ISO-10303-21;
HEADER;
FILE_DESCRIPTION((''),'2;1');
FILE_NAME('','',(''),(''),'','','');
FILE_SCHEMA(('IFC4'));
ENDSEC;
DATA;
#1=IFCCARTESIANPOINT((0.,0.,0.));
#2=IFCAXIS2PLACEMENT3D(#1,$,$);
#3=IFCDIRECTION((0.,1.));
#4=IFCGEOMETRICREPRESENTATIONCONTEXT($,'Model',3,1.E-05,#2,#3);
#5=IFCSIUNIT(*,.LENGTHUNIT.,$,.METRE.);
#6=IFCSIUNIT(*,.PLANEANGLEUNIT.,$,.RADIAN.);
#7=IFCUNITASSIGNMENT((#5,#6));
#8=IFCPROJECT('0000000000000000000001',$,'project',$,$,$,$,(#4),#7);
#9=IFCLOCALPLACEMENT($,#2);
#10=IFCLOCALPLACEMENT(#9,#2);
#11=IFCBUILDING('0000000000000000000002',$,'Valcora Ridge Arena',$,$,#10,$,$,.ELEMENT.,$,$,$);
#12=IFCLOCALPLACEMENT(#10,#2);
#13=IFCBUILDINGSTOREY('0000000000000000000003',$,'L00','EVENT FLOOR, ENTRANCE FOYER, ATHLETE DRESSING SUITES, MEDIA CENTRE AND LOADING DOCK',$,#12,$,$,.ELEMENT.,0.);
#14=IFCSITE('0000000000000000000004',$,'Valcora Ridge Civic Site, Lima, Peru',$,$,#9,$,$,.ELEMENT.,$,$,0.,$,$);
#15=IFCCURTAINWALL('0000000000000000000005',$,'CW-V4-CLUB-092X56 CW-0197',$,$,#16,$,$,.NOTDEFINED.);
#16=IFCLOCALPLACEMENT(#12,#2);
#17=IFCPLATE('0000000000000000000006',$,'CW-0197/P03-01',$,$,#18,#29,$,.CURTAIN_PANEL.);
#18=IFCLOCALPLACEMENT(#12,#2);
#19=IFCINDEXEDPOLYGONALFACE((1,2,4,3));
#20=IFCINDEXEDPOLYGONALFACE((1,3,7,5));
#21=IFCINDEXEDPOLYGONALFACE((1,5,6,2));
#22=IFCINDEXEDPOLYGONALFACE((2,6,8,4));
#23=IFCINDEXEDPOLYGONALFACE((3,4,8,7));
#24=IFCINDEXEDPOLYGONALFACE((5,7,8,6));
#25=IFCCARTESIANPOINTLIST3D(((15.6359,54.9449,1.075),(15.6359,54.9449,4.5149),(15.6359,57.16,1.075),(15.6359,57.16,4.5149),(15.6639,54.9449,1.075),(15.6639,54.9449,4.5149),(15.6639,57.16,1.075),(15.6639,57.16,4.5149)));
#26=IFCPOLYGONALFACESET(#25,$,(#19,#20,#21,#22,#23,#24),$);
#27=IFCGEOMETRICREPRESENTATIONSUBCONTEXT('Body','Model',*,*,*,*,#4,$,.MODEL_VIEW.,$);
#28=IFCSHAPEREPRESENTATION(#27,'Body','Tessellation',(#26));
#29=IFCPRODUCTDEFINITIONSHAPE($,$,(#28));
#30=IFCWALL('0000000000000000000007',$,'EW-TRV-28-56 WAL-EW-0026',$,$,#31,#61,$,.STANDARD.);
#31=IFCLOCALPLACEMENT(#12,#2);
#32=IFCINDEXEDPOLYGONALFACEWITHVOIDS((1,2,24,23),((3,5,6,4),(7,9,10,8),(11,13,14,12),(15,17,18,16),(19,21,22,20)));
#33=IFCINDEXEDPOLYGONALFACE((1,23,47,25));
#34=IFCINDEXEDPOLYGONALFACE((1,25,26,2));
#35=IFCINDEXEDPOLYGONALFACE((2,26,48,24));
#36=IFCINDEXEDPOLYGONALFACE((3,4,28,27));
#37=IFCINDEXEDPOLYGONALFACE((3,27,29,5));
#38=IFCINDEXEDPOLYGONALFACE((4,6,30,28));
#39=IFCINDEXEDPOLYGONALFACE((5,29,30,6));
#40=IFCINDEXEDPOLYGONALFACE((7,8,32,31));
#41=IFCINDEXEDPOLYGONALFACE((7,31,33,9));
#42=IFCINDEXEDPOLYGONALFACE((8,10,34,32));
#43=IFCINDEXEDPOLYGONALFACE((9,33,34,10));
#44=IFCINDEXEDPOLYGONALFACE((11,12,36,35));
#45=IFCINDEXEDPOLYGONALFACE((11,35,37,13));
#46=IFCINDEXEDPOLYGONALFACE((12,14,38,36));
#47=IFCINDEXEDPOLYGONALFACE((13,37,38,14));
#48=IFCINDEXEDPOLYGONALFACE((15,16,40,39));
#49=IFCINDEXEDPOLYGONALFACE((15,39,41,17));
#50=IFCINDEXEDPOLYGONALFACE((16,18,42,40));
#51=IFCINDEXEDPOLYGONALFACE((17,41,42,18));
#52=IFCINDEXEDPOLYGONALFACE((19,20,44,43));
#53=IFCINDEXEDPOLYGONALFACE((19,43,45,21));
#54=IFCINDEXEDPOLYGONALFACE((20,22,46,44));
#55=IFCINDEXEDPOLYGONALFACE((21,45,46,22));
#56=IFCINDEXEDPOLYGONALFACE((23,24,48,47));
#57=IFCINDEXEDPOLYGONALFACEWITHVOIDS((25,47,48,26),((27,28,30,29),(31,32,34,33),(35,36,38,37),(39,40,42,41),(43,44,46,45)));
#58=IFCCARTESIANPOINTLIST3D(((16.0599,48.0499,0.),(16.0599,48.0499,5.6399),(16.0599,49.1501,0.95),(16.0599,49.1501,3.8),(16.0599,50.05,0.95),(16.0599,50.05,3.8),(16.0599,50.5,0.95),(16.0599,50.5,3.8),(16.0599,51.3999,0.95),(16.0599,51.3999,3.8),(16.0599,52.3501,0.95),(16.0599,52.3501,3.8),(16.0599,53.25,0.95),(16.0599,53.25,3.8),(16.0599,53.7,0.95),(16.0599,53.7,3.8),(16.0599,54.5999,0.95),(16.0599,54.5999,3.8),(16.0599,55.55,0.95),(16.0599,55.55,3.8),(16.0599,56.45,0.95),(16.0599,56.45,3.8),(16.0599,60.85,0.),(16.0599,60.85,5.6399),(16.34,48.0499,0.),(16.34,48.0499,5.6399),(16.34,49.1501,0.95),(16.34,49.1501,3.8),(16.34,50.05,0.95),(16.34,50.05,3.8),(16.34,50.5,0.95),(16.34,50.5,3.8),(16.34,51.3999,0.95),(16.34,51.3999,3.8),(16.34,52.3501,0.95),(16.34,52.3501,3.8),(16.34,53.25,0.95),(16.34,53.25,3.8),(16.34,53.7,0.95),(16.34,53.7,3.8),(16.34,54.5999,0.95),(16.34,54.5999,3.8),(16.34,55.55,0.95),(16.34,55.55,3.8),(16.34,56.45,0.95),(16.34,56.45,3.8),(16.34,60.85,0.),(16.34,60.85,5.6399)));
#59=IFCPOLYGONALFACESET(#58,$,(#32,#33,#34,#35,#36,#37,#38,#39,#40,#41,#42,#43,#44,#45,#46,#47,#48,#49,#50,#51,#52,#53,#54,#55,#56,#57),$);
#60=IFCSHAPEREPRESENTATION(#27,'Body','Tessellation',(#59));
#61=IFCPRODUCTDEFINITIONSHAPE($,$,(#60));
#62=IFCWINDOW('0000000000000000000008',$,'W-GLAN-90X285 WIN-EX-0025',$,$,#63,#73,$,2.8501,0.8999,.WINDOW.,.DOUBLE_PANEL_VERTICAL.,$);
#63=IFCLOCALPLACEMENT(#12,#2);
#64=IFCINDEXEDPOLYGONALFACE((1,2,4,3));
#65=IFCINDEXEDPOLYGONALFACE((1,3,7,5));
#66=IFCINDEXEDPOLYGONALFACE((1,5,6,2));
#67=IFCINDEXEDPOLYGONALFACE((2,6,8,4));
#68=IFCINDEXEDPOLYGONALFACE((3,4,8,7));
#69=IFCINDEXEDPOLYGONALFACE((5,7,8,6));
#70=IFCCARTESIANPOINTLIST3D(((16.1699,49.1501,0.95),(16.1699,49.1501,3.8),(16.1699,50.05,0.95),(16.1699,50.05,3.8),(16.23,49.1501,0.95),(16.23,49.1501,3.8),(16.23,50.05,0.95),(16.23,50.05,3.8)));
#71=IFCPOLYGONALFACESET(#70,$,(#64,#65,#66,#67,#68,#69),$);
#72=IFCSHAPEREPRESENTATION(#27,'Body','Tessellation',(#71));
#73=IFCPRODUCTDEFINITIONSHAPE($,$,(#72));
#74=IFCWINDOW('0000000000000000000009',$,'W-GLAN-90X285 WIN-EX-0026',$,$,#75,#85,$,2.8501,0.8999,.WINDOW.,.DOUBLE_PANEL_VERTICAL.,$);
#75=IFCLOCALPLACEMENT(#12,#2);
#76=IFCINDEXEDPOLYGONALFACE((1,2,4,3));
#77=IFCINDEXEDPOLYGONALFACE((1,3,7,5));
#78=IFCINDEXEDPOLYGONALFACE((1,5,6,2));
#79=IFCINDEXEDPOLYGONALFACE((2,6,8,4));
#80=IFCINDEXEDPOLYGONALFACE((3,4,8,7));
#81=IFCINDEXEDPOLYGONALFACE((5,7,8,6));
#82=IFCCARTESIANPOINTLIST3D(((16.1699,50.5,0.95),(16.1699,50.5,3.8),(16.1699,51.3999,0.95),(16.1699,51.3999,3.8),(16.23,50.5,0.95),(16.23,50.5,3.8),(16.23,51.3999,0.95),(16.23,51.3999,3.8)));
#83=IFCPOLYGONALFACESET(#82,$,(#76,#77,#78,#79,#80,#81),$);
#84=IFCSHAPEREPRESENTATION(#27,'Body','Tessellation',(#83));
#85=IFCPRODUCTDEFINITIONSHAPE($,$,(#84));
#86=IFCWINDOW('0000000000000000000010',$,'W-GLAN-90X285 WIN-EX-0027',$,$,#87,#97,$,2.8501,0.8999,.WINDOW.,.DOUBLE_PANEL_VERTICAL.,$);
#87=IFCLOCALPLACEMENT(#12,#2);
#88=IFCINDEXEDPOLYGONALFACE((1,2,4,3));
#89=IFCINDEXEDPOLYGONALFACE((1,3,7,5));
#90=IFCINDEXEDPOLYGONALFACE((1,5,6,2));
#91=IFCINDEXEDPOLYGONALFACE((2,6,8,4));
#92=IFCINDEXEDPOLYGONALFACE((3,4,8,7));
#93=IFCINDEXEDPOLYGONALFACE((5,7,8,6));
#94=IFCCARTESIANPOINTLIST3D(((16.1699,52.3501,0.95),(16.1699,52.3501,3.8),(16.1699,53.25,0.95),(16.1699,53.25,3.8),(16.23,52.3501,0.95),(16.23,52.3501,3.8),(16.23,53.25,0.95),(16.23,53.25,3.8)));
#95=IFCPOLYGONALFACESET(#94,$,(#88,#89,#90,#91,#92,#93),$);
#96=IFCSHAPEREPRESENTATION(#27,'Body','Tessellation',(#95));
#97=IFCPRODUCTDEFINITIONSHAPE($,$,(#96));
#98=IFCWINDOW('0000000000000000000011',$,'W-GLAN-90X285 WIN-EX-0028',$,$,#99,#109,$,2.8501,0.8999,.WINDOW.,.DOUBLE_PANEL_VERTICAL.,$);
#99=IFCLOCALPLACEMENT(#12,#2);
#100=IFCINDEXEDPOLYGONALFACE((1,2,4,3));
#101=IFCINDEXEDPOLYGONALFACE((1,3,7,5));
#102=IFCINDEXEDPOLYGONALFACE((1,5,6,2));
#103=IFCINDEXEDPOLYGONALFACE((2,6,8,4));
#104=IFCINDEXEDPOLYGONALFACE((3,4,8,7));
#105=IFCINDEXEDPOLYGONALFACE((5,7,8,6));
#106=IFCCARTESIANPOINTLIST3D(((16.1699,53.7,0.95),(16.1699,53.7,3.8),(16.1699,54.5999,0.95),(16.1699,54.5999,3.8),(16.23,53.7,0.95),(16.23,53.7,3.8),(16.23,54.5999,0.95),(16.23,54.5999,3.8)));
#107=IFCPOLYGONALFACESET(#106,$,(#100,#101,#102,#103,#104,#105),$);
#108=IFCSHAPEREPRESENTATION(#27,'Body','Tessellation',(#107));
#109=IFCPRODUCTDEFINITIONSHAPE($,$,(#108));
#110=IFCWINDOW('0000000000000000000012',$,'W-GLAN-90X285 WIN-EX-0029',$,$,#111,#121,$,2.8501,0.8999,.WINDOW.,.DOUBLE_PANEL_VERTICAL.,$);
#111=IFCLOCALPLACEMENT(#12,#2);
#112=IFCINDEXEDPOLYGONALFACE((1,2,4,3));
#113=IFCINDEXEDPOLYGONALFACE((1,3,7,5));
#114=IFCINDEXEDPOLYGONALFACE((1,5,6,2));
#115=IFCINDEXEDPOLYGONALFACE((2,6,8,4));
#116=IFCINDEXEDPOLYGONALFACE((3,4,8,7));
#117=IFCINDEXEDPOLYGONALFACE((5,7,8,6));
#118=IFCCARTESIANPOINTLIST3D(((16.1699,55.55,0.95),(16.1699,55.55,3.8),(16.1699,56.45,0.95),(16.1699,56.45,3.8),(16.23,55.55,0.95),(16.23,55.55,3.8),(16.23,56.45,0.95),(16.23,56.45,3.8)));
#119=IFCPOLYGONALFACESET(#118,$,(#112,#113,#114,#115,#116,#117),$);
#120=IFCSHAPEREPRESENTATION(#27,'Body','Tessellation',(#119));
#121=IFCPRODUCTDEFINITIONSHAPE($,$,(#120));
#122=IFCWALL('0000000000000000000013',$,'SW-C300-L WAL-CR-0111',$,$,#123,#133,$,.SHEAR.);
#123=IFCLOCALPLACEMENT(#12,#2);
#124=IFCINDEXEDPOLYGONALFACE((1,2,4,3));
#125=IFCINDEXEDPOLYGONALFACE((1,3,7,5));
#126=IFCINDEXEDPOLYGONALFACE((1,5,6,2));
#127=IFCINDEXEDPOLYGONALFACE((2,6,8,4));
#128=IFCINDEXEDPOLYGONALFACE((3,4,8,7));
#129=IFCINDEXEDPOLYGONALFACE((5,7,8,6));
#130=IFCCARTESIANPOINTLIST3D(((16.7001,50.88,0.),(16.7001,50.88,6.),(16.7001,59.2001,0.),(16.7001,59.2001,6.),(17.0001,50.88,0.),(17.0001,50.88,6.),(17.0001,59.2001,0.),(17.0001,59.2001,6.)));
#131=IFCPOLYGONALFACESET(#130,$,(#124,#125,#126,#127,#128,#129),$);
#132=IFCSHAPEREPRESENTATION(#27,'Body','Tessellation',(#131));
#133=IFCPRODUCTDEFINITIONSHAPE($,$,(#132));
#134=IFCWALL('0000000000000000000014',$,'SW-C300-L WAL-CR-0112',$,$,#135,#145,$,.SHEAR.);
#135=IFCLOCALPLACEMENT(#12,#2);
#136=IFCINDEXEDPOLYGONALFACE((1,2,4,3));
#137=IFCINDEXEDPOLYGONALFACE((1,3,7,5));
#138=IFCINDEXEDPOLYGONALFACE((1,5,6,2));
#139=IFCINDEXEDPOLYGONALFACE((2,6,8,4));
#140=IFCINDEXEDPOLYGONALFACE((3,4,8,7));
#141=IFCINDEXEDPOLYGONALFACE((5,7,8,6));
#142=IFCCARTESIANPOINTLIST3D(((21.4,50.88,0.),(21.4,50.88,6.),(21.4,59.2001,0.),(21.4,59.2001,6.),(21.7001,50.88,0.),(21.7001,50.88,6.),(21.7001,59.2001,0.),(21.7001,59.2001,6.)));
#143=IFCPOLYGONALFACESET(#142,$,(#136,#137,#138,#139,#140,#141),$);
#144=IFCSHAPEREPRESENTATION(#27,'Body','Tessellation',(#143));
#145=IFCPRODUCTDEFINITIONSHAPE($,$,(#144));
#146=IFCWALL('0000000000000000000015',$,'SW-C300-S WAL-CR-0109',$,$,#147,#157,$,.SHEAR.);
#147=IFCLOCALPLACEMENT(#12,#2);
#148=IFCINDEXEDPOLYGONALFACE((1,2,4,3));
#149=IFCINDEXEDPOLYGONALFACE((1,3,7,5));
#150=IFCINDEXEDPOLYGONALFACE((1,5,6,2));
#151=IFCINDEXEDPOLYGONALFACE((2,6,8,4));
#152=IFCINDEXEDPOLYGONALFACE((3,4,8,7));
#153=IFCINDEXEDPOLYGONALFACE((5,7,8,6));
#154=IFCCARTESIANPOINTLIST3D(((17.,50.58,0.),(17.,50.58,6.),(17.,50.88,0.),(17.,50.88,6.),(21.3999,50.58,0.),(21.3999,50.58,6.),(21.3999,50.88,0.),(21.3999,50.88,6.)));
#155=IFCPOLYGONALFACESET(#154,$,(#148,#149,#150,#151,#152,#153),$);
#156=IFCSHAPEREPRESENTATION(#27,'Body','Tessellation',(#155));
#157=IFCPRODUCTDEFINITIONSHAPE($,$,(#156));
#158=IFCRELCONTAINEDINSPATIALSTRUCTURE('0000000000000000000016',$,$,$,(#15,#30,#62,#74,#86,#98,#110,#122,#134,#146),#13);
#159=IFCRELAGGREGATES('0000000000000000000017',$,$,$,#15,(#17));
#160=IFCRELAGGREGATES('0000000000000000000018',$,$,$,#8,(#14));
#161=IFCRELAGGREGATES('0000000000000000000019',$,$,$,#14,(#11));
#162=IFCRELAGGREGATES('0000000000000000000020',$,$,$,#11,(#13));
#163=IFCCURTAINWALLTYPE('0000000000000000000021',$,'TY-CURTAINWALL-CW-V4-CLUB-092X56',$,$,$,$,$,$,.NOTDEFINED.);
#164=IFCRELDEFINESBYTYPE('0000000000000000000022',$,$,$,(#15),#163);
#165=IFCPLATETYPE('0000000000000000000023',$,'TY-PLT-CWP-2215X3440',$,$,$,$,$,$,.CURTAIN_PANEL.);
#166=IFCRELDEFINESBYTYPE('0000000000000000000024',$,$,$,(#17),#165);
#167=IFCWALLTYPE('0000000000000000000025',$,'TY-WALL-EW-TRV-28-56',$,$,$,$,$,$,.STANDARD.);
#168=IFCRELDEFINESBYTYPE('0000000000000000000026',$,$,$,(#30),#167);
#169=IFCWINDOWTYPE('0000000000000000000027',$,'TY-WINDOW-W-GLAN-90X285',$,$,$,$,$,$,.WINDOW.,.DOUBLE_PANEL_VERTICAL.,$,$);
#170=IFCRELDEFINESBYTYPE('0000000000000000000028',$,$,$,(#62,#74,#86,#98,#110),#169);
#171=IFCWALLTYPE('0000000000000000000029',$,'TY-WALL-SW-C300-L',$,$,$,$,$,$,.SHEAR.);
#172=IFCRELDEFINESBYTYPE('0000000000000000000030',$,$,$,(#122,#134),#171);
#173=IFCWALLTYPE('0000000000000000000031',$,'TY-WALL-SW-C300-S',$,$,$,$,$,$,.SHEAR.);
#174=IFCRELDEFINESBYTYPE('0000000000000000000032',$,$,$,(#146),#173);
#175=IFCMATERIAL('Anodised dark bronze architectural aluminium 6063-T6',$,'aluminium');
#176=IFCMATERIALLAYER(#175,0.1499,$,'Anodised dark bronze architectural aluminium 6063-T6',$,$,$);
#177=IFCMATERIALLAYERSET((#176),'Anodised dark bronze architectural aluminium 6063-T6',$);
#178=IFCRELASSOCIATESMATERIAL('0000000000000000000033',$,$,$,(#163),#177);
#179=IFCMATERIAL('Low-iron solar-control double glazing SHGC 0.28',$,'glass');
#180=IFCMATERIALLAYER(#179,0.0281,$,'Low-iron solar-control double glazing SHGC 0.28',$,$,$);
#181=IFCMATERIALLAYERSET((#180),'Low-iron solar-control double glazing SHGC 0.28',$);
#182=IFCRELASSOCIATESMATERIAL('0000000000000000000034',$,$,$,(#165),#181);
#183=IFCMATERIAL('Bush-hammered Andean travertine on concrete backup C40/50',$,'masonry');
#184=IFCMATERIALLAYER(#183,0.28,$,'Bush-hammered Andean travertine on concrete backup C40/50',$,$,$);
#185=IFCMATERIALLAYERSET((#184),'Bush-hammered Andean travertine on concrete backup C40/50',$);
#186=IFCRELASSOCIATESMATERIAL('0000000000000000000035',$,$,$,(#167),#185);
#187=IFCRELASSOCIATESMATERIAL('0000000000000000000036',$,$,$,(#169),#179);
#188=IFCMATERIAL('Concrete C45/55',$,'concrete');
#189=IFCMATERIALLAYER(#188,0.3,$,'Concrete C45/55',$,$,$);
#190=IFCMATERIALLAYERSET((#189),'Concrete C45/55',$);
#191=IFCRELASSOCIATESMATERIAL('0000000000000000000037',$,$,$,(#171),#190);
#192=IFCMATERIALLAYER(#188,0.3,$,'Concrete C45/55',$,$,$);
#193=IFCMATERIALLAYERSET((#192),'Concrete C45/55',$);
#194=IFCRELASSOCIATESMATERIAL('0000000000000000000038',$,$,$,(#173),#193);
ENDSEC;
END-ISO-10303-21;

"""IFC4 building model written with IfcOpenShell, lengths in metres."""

from ifc_helpers import new_model, si_unit, direction, frame, frame_2d, origin, origin_2d, place, context, subcontext, project, spatial, rectangle, extrude, material, layer, layer_set, type_object, element, fill, aggregate, save


model = new_model("IFC4")

# Units and contexts
model_context = context("Model", 3, precision=1e-05, world=origin(), true_north=direction((0.0, 1.0)))
body_context = subcontext(model_context, "Body", "Model", "MODEL_VIEW")
ifc_project = project(units=[si_unit("LENGTHUNIT", "METRE"), si_unit("PLANEANGLEUNIT", "RADIAN")], contexts=[model_context])

# Site, building, storey
site_placement = place(None, origin())
site = spatial("IfcSite", under=ifc_project, at=site_placement, Name="Valcora Ridge Civic Site, Lima, Peru", CompositionType="ELEMENT", RefElevation=0.0)
building_placement = place(site_placement, origin())
building = spatial("IfcBuilding", under=site, at=building_placement, Name="Valcora Ridge Arena", CompositionType="ELEMENT")
storey_placement = place(building_placement, origin())
storey = spatial("IfcBuildingStorey", under=building, at=storey_placement, Name="L00", Description="EVENT FLOOR, ENTRANCE FOYER, ATHLETE DRESSING SUITES, MEDIA CENTRE AND LOADING DOCK", CompositionType="ELEMENT", Elevation=0.0)

# Curtain wall
ifc_material_1 = material(Name="Anodised dark bronze architectural aluminium 6063-T6", Category="aluminium")
ifc_layer_1 = layer(ifc_material_1, 0.1499, Name="Anodised dark bronze architectural aluminium 6063-T6")
ifc_layer_set_1 = layer_set([ifc_layer_1], Name="Anodised dark bronze architectural aluminium 6063-T6")
curtain_wall_type_1 = type_object("IfcCurtainWallType", Name="TY-CURTAINWALL-CW-V4-CLUB-092X56", PredefinedType="NOTDEFINED", material=ifc_layer_set_1)
curtain_wall_1_placement = place(storey_placement, origin())
curtain_wall_1 = element("IfcCurtainWall", 1, at=curtain_wall_1_placement, inside=storey, type_object=curtain_wall_type_1, Name="CW-V4-CLUB-092X56 CW-0197", PredefinedType="NOTDEFINED")

# Plate
ifc_material_2 = material(Name="Low-iron solar-control double glazing SHGC 0.28", Category="glass")
ifc_layer_2 = layer(ifc_material_2, 0.0281, Name="Low-iron solar-control double glazing SHGC 0.28")
ifc_layer_set_2 = layer_set([ifc_layer_2], Name="Low-iron solar-control double glazing SHGC 0.28")
plate_type_1 = type_object("IfcPlateType", Name="TY-PLT-CWP-2215X3440", PredefinedType="CURTAIN_PANEL", material=ifc_layer_set_2)
plate_1_placement = place(storey_placement, frame((15.6499, 56.0525, 1.075), z_axis=(0.0, 0.0, 1.0), x_axis=(0.0, 1.0, 0.0)))
plate_1 = element("IfcPlate", 2, at=plate_1_placement, type_object=plate_type_1, Name="CW-0197/P03-01", PredefinedType="CURTAIN_PANEL", context=body_context, shape_type="SweptSolid", body=[
    extrude(rectangle(XDim=2.2151, YDim=0.0281, at=origin_2d()), origin(), (0.0, 0.0, 1.0), 3.4399),
])
aggregate(curtain_wall_1, [plate_1])

# Wall, openings, windows
ifc_material_3 = material(Name="Bush-hammered Andean travertine on concrete backup C40/50", Category="masonry")
ifc_layer_3 = layer(ifc_material_3, 0.28, Name="Bush-hammered Andean travertine on concrete backup C40/50")
ifc_layer_set_3 = layer_set([ifc_layer_3], Name="Bush-hammered Andean travertine on concrete backup C40/50")
wall_type_1 = type_object("IfcWallType", Name="TY-WALL-EW-TRV-28-56", PredefinedType="STANDARD", material=ifc_layer_set_3)
wall_1_placement = place(storey_placement, frame((16.2, 48.05, 0.0), z_axis=(0.0, 0.0, 1.0), x_axis=(0.0, 1.0, 0.0)))
wall_1 = element("IfcWall", 3, at=wall_1_placement, inside=storey, type_object=wall_type_1, Name="EW-TRV-28-56 WAL-EW-0026", PredefinedType="STANDARD", context=body_context, shape_type="SweptSolid", body=[
    extrude(rectangle(XDim=12.8, YDim=0.28, at=frame_2d((6.3999, 0.0))), origin(), (0.0, 0.0, 1.0), 5.6399),
])
opening_1_placement = place(wall_1_placement, frame((1.1001, 0.0, 0.95)))
opening_1 = element("IfcOpeningElement", 4, at=opening_1_placement, cuts=wall_1, PredefinedType="OPENING", context=body_context, shape_type="SweptSolid", body=[
    extrude(rectangle(XDim=0.8999, YDim=2.8501, at=frame_2d((0.45, 1.425))), frame((0.0, 0.1499, 0.0), z_axis=(0.0, -1.0, 0.0), x_axis=(1.0, 0.0, 0.0)), (0.0, 0.0, 1.0), 0.3),
])
opening_2_placement = place(wall_1_placement, frame((2.45, 0.0, 0.95)))
opening_2 = element("IfcOpeningElement", 5, at=opening_2_placement, cuts=wall_1, PredefinedType="OPENING", context=body_context, shape_type="SweptSolid", body=[
    extrude(rectangle(XDim=0.8999, YDim=2.8501, at=frame_2d((0.45, 1.425))), frame((0.0, 0.1499, 0.0), z_axis=(0.0, -1.0, 0.0), x_axis=(1.0, 0.0, 0.0)), (0.0, 0.0, 1.0), 0.3),
])
opening_3_placement = place(wall_1_placement, frame((4.3, 0.0, 0.95)))
opening_3 = element("IfcOpeningElement", 6, at=opening_3_placement, cuts=wall_1, PredefinedType="OPENING", context=body_context, shape_type="SweptSolid", body=[
    extrude(rectangle(XDim=0.8999, YDim=2.8501, at=frame_2d((0.45, 1.425))), frame((0.0, 0.1499, 0.0), z_axis=(0.0, -1.0, 0.0), x_axis=(1.0, 0.0, 0.0)), (0.0, 0.0, 1.0), 0.3),
])
opening_4_placement = place(wall_1_placement, frame((5.6499, 0.0, 0.95)))
opening_4 = element("IfcOpeningElement", 7, at=opening_4_placement, cuts=wall_1, PredefinedType="OPENING", context=body_context, shape_type="SweptSolid", body=[
    extrude(rectangle(XDim=0.8999, YDim=2.8501, at=frame_2d((0.45, 1.425))), frame((0.0, 0.1499, 0.0), z_axis=(0.0, -1.0, 0.0), x_axis=(1.0, 0.0, 0.0)), (0.0, 0.0, 1.0), 0.3),
])
opening_5_placement = place(wall_1_placement, frame((7.5, 0.0, 0.95)))
opening_5 = element("IfcOpeningElement", 8, at=opening_5_placement, cuts=wall_1, PredefinedType="OPENING", context=body_context, shape_type="SweptSolid", body=[
    extrude(rectangle(XDim=0.8999, YDim=2.8501, at=frame_2d((0.45, 1.425))), frame((0.0, 0.1499, 0.0), z_axis=(0.0, -1.0, 0.0), x_axis=(1.0, 0.0, 0.0)), (0.0, 0.0, 1.0), 0.3),
])
window_type = type_object("IfcWindowType", Name="TY-WINDOW-W-GLAN-90X285", PartitioningType="DOUBLE_PANEL_VERTICAL", PredefinedType="WINDOW", material=ifc_material_2)
window_1_placement = place(opening_1_placement, origin())
window_1 = element("IfcWindow", 9, at=window_1_placement, inside=storey, type_object=window_type, Name="W-GLAN-90X285 WIN-EX-0025", OverallHeight=2.8501, OverallWidth=0.8999, PartitioningType="DOUBLE_PANEL_VERTICAL", PredefinedType="WINDOW", context=body_context, shape_type="SweptSolid", body=[
    extrude(rectangle(XDim=0.8999, YDim=2.8501, at=frame_2d((0.45, 1.425))), frame((0.0, 0.03, 0.0), z_axis=(0.0, -1.0, 0.0), x_axis=(1.0, 0.0, 0.0)), (0.0, 0.0, 1.0), 0.0601),
])
fill(opening_1, window_1)
window_2_placement = place(opening_2_placement, origin())
window_2 = element("IfcWindow", 10, at=window_2_placement, inside=storey, type_object=window_type, Name="W-GLAN-90X285 WIN-EX-0026", OverallHeight=2.8501, OverallWidth=0.8999, PartitioningType="DOUBLE_PANEL_VERTICAL", PredefinedType="WINDOW", context=body_context, shape_type="SweptSolid", body=[
    extrude(rectangle(XDim=0.8999, YDim=2.8501, at=frame_2d((0.45, 1.425))), frame((0.0, 0.03, 0.0), z_axis=(0.0, -1.0, 0.0), x_axis=(1.0, 0.0, 0.0)), (0.0, 0.0, 1.0), 0.0601),
])
fill(opening_2, window_2)
window_3_placement = place(opening_3_placement, origin())
window_3 = element("IfcWindow", 11, at=window_3_placement, inside=storey, type_object=window_type, Name="W-GLAN-90X285 WIN-EX-0027", OverallHeight=2.8501, OverallWidth=0.8999, PartitioningType="DOUBLE_PANEL_VERTICAL", PredefinedType="WINDOW", context=body_context, shape_type="SweptSolid", body=[
    extrude(rectangle(XDim=0.8999, YDim=2.8501, at=frame_2d((0.45, 1.425))), frame((0.0, 0.03, 0.0), z_axis=(0.0, -1.0, 0.0), x_axis=(1.0, 0.0, 0.0)), (0.0, 0.0, 1.0), 0.0601),
])
fill(opening_3, window_3)
window_4_placement = place(opening_4_placement, origin())
window_4 = element("IfcWindow", 12, at=window_4_placement, inside=storey, type_object=window_type, Name="W-GLAN-90X285 WIN-EX-0028", OverallHeight=2.8501, OverallWidth=0.8999, PartitioningType="DOUBLE_PANEL_VERTICAL", PredefinedType="WINDOW", context=body_context, shape_type="SweptSolid", body=[
    extrude(rectangle(XDim=0.8999, YDim=2.8501, at=frame_2d((0.45, 1.425))), frame((0.0, 0.03, 0.0), z_axis=(0.0, -1.0, 0.0), x_axis=(1.0, 0.0, 0.0)), (0.0, 0.0, 1.0), 0.0601),
])
fill(opening_4, window_4)
window_5_placement = place(opening_5_placement, origin())
window_5 = element("IfcWindow", 13, at=window_5_placement, inside=storey, type_object=window_type, Name="W-GLAN-90X285 WIN-EX-0029", OverallHeight=2.8501, OverallWidth=0.8999, PartitioningType="DOUBLE_PANEL_VERTICAL", PredefinedType="WINDOW", context=body_context, shape_type="SweptSolid", body=[
    extrude(rectangle(XDim=0.8999, YDim=2.8501, at=frame_2d((0.45, 1.425))), frame((0.0, 0.03, 0.0), z_axis=(0.0, -1.0, 0.0), x_axis=(1.0, 0.0, 0.0)), (0.0, 0.0, 1.0), 0.0601),
])
fill(opening_5, window_5)

# Walls
ifc_material_4 = material(Name="Concrete C45/55", Category="concrete")
ifc_layer_4 = layer(ifc_material_4, 0.3, Name="Concrete C45/55")
ifc_layer_set_4 = layer_set([ifc_layer_4], Name="Concrete C45/55")
wall_type_2 = type_object("IfcWallType", Name="TY-WALL-SW-C300-L", PredefinedType="SHEAR", material=ifc_layer_set_4)
for number, where, z_axis, x_axis, name in (
    (14, (16.8501, 50.8799, 0.0), (0.0, 0.0, 1.0), (0.0, 1.0, 0.0), "SW-C300-L WAL-CR-0111"),
    (15, (21.55, 50.8799, 0.0), (0.0, 0.0, 1.0), (0.0, 1.0, 0.0), "SW-C300-L WAL-CR-0112"),
):
    element("IfcWall", number, at=place(storey_placement, frame(where, z_axis=z_axis, x_axis=x_axis)), inside=storey, type_object=wall_type_2, Name=name, PredefinedType="SHEAR", context=body_context, shape_type="SweptSolid", body=[
        extrude(rectangle(XDim=8.3201, YDim=0.3, at=frame_2d((4.1602, 0.0))), origin(), (0.0, 0.0, 1.0), 6.0),
    ])
ifc_layer_5 = layer(ifc_material_4, 0.3, Name="Concrete C45/55")
ifc_layer_set_5 = layer_set([ifc_layer_5], Name="Concrete C45/55")
wall_type_3 = type_object("IfcWallType", Name="TY-WALL-SW-C300-S", PredefinedType="SHEAR", material=ifc_layer_set_5)
wall_2_placement = place(storey_placement, frame((17.0, 50.73, 0.0), z_axis=(0.0, 0.0, 1.0), x_axis=(1.0, 0.0, 0.0)))
element("IfcWall", 16, at=wall_2_placement, inside=storey, type_object=wall_type_3, Name="SW-C300-S WAL-CR-0109", PredefinedType="SHEAR", context=body_context, shape_type="SweptSolid", body=[
    extrude(rectangle(XDim=4.3999, YDim=0.3, at=frame_2d((2.2, 0.0))), origin(), (0.0, 0.0, 1.0), 6.0),
])

save(model, "model.ifc")
